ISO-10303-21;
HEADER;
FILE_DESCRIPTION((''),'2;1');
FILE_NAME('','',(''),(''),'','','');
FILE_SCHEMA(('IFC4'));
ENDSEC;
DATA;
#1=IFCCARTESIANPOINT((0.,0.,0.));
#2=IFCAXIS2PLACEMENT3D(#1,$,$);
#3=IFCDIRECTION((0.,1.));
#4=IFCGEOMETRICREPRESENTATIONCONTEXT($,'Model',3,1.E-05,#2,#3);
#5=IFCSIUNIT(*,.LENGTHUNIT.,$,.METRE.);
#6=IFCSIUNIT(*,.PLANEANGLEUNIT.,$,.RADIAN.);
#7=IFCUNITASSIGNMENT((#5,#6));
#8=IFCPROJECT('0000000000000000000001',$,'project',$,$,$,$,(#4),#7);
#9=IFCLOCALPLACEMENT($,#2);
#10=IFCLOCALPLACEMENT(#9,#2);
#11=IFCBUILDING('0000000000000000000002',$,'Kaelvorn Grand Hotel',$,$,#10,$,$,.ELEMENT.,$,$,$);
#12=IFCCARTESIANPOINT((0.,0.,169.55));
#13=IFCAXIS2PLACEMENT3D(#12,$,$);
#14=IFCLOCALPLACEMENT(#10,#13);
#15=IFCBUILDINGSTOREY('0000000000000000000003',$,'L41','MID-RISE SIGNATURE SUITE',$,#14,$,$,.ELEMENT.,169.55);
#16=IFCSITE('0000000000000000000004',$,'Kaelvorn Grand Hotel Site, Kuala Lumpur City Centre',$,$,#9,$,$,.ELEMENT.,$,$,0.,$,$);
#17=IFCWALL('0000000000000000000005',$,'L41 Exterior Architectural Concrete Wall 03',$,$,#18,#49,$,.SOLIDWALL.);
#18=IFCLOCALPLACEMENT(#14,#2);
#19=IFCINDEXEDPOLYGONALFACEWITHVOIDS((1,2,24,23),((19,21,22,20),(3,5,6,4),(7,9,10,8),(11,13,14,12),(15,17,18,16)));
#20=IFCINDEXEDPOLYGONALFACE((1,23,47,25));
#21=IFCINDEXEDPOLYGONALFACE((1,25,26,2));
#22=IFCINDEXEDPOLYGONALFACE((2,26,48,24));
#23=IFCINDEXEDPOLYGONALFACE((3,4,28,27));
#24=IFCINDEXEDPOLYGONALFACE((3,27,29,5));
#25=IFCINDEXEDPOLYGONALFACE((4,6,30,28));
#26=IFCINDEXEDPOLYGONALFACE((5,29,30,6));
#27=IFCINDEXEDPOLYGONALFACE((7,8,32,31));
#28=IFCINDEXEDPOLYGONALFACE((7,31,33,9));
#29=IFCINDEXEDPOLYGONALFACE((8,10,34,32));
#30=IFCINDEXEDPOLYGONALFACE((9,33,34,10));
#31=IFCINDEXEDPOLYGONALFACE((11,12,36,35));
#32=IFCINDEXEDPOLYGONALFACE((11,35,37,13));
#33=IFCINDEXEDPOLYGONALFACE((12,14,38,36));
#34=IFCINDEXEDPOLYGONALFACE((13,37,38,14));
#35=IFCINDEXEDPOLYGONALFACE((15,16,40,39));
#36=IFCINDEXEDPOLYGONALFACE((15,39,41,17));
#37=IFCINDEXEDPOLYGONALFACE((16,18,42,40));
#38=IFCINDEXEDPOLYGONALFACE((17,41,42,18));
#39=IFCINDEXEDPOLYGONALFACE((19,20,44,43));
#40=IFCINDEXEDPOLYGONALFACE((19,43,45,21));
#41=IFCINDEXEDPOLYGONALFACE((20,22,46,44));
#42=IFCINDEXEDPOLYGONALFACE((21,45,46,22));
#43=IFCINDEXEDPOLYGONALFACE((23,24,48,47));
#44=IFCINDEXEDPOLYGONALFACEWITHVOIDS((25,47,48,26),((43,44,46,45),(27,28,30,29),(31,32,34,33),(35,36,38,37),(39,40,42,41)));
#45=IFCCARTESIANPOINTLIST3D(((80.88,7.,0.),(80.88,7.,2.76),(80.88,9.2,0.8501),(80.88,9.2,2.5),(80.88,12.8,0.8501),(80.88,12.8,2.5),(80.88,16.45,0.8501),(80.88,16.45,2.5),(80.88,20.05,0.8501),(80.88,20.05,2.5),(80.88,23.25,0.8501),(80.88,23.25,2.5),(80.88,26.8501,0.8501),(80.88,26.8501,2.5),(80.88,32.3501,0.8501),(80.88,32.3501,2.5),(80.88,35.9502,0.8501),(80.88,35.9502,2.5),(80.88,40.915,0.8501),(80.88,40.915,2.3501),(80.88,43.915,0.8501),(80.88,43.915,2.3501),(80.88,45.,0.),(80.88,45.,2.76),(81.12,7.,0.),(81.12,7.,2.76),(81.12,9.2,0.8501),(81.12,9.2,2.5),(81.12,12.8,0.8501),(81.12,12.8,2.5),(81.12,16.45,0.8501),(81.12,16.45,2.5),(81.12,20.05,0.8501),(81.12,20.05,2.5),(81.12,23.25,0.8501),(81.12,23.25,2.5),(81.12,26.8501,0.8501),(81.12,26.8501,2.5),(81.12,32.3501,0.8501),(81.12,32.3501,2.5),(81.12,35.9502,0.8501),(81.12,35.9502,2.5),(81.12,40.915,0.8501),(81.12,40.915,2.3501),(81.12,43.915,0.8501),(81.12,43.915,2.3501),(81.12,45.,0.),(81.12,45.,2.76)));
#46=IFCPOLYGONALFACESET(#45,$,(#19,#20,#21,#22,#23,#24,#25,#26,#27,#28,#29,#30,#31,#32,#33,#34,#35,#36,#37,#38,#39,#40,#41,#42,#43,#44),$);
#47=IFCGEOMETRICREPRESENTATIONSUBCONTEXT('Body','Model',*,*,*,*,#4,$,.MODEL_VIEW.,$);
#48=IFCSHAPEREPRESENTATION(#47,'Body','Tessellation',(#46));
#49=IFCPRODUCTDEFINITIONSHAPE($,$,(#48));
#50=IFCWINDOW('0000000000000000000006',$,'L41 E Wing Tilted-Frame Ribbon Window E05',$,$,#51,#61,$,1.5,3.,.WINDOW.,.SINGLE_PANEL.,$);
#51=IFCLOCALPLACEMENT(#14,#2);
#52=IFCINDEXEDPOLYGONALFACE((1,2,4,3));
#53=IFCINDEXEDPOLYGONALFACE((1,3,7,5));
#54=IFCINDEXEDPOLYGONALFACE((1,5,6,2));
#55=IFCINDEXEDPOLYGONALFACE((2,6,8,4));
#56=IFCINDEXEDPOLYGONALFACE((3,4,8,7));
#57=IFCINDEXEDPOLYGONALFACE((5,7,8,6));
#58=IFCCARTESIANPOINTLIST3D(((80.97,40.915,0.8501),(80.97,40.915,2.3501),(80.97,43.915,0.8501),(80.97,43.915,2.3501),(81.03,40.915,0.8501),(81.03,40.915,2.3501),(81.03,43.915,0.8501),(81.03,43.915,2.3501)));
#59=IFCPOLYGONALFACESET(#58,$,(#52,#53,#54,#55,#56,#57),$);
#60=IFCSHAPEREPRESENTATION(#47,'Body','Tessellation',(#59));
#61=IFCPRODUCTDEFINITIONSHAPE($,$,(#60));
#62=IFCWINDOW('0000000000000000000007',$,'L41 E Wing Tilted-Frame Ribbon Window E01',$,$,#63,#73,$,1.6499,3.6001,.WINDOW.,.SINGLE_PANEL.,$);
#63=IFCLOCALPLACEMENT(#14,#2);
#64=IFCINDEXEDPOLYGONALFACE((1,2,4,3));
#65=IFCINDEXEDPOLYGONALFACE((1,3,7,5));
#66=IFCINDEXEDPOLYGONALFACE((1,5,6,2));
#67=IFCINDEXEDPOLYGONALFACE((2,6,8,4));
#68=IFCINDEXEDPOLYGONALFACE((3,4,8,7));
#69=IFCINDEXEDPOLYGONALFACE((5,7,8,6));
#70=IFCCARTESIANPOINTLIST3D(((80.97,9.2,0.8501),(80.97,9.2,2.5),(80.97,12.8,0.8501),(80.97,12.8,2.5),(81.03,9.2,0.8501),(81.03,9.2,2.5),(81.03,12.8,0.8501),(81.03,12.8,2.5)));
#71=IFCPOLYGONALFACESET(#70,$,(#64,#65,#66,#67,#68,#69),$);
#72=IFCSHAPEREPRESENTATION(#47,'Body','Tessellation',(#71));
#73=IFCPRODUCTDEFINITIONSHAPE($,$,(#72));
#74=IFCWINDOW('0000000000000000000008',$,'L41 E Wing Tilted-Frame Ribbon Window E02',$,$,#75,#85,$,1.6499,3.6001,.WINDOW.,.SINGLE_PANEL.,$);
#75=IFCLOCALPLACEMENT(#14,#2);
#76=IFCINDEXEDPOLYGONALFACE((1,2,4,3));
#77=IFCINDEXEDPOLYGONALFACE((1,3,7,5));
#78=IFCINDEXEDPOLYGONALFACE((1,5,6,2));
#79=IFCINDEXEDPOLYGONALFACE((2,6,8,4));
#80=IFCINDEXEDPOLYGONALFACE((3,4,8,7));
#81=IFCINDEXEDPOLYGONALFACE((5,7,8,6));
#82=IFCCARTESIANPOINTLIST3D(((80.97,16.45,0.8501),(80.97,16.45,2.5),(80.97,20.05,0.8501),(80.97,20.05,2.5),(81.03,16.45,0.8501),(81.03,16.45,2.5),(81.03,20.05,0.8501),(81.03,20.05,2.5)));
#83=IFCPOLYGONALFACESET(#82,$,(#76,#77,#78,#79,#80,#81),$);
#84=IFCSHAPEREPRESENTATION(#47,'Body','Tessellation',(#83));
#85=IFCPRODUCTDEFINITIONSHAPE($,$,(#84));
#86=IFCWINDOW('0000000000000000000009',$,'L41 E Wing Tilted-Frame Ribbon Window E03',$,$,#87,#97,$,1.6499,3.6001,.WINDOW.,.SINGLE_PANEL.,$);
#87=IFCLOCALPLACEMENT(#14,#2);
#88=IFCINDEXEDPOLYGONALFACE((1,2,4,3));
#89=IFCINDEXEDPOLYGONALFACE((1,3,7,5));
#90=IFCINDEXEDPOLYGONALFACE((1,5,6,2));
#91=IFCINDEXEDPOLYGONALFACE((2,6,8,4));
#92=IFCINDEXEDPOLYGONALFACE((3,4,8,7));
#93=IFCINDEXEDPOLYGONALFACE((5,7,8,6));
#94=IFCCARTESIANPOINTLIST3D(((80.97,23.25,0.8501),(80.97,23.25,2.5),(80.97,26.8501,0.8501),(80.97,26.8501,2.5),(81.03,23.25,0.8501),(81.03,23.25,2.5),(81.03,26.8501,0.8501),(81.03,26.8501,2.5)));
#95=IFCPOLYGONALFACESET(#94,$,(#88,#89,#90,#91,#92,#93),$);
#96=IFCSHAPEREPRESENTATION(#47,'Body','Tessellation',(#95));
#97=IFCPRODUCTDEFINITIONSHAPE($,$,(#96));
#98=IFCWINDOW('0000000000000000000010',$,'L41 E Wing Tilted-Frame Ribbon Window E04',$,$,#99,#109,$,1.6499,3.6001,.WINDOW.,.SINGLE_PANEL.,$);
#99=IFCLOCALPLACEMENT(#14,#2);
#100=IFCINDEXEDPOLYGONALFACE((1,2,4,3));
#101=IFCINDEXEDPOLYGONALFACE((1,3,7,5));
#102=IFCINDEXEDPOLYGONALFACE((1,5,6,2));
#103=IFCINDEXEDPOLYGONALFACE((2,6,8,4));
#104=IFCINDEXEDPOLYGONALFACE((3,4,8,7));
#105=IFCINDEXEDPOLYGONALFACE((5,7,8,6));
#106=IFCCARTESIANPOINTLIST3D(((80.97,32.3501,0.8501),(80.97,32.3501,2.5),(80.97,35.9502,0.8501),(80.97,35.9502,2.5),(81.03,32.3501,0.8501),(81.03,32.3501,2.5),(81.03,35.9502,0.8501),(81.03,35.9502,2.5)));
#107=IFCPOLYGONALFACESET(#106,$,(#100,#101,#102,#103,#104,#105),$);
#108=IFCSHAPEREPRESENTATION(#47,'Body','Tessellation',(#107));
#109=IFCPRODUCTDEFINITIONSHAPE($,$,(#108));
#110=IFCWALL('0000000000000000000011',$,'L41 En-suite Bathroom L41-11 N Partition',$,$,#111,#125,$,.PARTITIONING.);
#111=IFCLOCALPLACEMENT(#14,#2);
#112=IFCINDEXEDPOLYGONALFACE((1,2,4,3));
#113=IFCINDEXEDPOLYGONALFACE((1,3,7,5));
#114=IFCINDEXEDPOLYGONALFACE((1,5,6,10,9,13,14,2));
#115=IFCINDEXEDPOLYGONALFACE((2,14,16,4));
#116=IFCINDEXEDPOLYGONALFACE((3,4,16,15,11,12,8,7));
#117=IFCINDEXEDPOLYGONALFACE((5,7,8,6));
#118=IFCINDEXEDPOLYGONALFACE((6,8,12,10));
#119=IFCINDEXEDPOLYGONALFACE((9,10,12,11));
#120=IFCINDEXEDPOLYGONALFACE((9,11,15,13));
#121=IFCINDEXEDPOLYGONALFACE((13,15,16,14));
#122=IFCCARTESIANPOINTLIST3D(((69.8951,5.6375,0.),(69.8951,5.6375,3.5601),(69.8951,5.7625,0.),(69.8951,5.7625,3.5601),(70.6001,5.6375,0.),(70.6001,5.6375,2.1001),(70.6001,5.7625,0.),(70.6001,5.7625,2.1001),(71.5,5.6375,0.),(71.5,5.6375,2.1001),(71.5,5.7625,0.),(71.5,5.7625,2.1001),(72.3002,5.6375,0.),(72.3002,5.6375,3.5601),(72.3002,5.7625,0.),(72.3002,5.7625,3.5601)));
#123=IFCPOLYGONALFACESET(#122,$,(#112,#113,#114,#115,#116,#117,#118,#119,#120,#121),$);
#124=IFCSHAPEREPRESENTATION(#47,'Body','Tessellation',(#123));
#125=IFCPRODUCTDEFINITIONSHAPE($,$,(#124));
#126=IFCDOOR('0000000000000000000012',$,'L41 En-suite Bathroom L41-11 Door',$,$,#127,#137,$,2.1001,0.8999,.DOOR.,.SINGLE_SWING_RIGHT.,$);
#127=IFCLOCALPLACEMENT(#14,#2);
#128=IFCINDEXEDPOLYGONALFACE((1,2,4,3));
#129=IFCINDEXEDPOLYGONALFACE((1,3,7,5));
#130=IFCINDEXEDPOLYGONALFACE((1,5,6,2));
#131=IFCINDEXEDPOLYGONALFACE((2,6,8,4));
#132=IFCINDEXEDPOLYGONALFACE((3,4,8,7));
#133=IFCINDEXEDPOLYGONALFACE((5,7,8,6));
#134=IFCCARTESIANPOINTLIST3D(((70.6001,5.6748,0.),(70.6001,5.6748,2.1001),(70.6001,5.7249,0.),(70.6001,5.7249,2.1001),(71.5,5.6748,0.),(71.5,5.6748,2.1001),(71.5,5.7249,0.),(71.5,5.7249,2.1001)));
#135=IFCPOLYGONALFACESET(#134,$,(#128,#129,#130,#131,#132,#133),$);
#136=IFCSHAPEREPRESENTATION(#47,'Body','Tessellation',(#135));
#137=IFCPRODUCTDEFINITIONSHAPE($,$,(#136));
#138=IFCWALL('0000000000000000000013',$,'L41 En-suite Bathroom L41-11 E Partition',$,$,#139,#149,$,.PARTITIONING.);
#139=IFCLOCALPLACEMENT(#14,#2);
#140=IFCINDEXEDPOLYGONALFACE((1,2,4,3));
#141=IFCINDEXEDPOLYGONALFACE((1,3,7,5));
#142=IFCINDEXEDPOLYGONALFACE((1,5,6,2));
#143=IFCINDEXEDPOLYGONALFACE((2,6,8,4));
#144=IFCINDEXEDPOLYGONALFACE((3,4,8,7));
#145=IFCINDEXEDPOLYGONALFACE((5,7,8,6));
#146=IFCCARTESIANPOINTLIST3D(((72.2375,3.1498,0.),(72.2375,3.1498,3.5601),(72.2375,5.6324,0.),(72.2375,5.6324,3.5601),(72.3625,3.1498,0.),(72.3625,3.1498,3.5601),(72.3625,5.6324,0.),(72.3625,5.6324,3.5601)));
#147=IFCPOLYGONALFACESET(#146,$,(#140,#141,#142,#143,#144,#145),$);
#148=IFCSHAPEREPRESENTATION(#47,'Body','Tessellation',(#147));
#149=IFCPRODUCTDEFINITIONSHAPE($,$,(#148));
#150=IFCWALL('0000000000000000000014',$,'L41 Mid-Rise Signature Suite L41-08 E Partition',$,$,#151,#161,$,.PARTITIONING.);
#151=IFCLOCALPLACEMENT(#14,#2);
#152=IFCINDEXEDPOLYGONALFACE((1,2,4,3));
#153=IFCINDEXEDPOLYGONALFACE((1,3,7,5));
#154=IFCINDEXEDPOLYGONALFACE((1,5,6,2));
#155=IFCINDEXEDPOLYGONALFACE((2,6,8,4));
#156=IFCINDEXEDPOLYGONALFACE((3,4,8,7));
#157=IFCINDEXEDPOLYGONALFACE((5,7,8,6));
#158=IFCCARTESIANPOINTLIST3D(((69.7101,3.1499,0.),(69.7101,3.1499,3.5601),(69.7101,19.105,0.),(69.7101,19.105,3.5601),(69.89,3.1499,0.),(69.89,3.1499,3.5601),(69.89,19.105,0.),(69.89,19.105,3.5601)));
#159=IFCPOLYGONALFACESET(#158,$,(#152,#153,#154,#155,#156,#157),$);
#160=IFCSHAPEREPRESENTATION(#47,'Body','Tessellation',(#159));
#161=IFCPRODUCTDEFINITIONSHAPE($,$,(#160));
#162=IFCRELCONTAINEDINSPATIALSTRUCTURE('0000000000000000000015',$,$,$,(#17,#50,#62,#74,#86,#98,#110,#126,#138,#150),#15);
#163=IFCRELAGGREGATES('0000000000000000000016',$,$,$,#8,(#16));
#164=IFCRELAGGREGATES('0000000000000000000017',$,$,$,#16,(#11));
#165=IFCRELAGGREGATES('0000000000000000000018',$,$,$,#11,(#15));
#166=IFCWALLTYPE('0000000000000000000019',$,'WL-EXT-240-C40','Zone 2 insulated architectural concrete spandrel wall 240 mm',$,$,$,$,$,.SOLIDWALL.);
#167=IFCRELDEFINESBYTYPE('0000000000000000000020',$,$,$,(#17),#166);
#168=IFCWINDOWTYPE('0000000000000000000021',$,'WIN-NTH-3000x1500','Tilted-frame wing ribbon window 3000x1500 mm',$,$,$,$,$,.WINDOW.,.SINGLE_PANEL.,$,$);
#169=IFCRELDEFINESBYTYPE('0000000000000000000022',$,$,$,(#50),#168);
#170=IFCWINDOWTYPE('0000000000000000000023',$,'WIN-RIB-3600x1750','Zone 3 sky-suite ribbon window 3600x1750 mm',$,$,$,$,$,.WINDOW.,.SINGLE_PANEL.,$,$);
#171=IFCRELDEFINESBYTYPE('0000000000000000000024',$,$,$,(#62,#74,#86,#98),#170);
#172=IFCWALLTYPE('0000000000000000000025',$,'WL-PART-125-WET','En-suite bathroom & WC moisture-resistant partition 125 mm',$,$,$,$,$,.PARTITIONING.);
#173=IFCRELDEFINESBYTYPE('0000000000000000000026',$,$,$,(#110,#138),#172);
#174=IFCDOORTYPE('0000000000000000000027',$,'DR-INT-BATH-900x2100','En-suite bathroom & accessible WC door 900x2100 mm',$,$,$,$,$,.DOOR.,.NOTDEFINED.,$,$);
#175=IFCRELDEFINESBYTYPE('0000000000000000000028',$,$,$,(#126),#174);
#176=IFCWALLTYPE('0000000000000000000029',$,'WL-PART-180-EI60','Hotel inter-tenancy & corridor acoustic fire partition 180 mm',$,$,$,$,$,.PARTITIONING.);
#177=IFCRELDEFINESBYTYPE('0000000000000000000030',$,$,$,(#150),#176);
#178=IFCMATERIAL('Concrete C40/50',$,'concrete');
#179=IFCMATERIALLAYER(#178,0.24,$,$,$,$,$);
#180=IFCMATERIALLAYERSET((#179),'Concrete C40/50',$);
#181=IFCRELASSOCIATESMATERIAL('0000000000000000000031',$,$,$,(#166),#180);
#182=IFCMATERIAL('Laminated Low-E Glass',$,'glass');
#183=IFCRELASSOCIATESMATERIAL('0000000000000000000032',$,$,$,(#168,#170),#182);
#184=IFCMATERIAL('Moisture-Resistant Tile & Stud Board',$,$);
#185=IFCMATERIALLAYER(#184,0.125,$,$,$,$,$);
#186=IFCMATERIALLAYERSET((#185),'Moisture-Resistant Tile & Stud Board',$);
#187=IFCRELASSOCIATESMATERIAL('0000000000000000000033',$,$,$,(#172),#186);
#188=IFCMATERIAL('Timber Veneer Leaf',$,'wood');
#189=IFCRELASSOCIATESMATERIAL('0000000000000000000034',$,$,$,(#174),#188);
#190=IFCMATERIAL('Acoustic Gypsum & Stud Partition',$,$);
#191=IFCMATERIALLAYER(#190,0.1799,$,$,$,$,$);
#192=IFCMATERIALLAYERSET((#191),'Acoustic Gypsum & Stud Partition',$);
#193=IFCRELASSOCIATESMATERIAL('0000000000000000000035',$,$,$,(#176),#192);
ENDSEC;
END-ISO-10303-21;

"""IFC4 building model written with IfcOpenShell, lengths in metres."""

from ifc_helpers import new_model, si_unit, direction, frame, frame_2d, origin, place, context, subcontext, project, spatial, rectangle, extrude, material, layer, layer_set, type_object, element, fill, save


model = new_model("IFC4")

# Units and contexts
model_context = context("Model", 3, precision=1e-05, world=origin(), true_north=direction((0.0, 1.0)))
body_context = subcontext(model_context, "Body", "Model", "MODEL_VIEW")
ifc_project = project(units=[si_unit("LENGTHUNIT", "METRE"), si_unit("PLANEANGLEUNIT", "RADIAN")], contexts=[model_context])

# Site, building, storey
site_placement = place(None, origin())
site = spatial("IfcSite", under=ifc_project, at=site_placement, Name="Kaelvorn Grand Hotel Site, Kuala Lumpur City Centre", CompositionType="ELEMENT", RefElevation=0.0)
building_placement = place(site_placement, origin())
building = spatial("IfcBuilding", under=site, at=building_placement, Name="Kaelvorn Grand Hotel", CompositionType="ELEMENT")
storey_placement = place(building_placement, frame((0.0, 0.0, 169.55)))
storey = spatial("IfcBuildingStorey", under=building, at=storey_placement, Name="L41", Description="MID-RISE SIGNATURE SUITE", CompositionType="ELEMENT", Elevation=169.55)

# Shared definitions
ifc_material_1 = material(Name="Concrete C40/50", Category="concrete")

# Shared definitions
ifc_layer_1 = layer(ifc_material_1, 0.24)
ifc_layer_set_1 = layer_set([ifc_layer_1], Name="Concrete C40/50")
wall_type_1 = type_object("IfcWallType", Name="WL-EXT-240-C40", Description="Zone 2 insulated architectural concrete spandrel wall 240 mm", PredefinedType="SOLIDWALL", material=ifc_layer_set_1)
ifc_material_2 = material(Name="Laminated Low-E Glass", Category="glass")

# Wall, openings, windows
wall_1_placement = place(storey_placement, frame((81.0, 7.0, 0.0), z_axis=(0.0, 0.0, 1.0), x_axis=(0.0, 1.0, 0.0)))
wall_1 = element("IfcWall", 1, at=wall_1_placement, inside=storey, type_object=wall_type_1, Name="L41 Exterior Architectural Concrete Wall 03", PredefinedType="SOLIDWALL", context=body_context, shape_type="SweptSolid", body=[
    extrude(rectangle(XDim=38.0, YDim=0.24, at=frame_2d((19.0, 0.0))), origin(), (0.0, 0.0, 1.0), 2.76),
])
opening_1_placement = place(wall_1_placement, frame((2.2, 0.0, 0.8501)))
opening_1 = element("IfcOpeningElement", 2, at=opening_1_placement, cuts=wall_1, PredefinedType="OPENING", context=body_context, shape_type="SweptSolid", body=[
    extrude(rectangle(XDim=3.6001, YDim=1.6499, at=frame_2d((1.8, 0.825))), frame((0.0, 0.1299, 0.0), z_axis=(0.0, -1.0, 0.0), x_axis=(1.0, 0.0, 0.0)), (0.0, 0.0, 1.0), 0.26),
])
opening_2_placement = place(wall_1_placement, frame((9.45, 0.0, 0.8501)))
opening_2 = element("IfcOpeningElement", 3, at=opening_2_placement, cuts=wall_1, PredefinedType="OPENING", context=body_context, shape_type="SweptSolid", body=[
    extrude(rectangle(XDim=3.6001, YDim=1.6499, at=frame_2d((1.8, 0.825))), frame((0.0, 0.1299, 0.0), z_axis=(0.0, -1.0, 0.0), x_axis=(1.0, 0.0, 0.0)), (0.0, 0.0, 1.0), 0.26),
])
opening_3_placement = place(wall_1_placement, frame((16.25, 0.0, 0.8501)))
opening_3 = element("IfcOpeningElement", 4, at=opening_3_placement, cuts=wall_1, PredefinedType="OPENING", context=body_context, shape_type="SweptSolid", body=[
    extrude(rectangle(XDim=3.6001, YDim=1.6499, at=frame_2d((1.8, 0.825))), frame((0.0, 0.1299, 0.0), z_axis=(0.0, -1.0, 0.0), x_axis=(1.0, 0.0, 0.0)), (0.0, 0.0, 1.0), 0.26),
])
opening_4_placement = place(wall_1_placement, frame((25.3501, 0.0, 0.8501)))
opening_4 = element("IfcOpeningElement", 5, at=opening_4_placement, cuts=wall_1, PredefinedType="OPENING", context=body_context, shape_type="SweptSolid", body=[
    extrude(rectangle(XDim=3.6001, YDim=1.6499, at=frame_2d((1.8, 0.825))), frame((0.0, 0.1299, 0.0), z_axis=(0.0, -1.0, 0.0), x_axis=(1.0, 0.0, 0.0)), (0.0, 0.0, 1.0), 0.26),
])
opening_5_placement = place(wall_1_placement, frame((33.915, 0.0, 0.8501)))
opening_5 = element("IfcOpeningElement", 6, at=opening_5_placement, cuts=wall_1, PredefinedType="OPENING", context=body_context, shape_type="SweptSolid", body=[
    extrude(rectangle(XDim=3.0, YDim=1.5, at=frame_2d((1.5, 0.75))), frame((0.0, 0.1299, 0.0), z_axis=(0.0, -1.0, 0.0), x_axis=(1.0, 0.0, 0.0)), (0.0, 0.0, 1.0), 0.26),
])
window_type_1 = type_object("IfcWindowType", Name="WIN-NTH-3000x1500", Description="Tilted-frame wing ribbon window 3000x1500 mm", PartitioningType="SINGLE_PANEL", PredefinedType="WINDOW", material=ifc_material_2)
window_1_placement = place(opening_5_placement, origin())
window_1 = element("IfcWindow", 7, at=window_1_placement, inside=storey, type_object=window_type_1, Name="L41 E Wing Tilted-Frame Ribbon Window E05", OverallHeight=1.5, OverallWidth=3.0, PartitioningType="SINGLE_PANEL", PredefinedType="WINDOW", context=body_context, shape_type="SweptSolid", body=[
    extrude(rectangle(XDim=3.0, YDim=1.5, at=frame_2d((1.5, 0.75))), frame((0.0, 0.03, 0.0), z_axis=(0.0, -1.0, 0.0), x_axis=(1.0, 0.0, 0.0)), (0.0, 0.0, 1.0), 0.0601),
])
fill(opening_5, window_1)
window_type_2 = type_object("IfcWindowType", Name="WIN-RIB-3600x1750", Description="Zone 3 sky-suite ribbon window 3600x1750 mm", PartitioningType="SINGLE_PANEL", PredefinedType="WINDOW", material=ifc_material_2)
window_2_placement = place(opening_1_placement, origin())
window_2 = element("IfcWindow", 8, at=window_2_placement, inside=storey, type_object=window_type_2, Name="L41 E Wing Tilted-Frame Ribbon Window E01", OverallHeight=1.6499, OverallWidth=3.6001, PartitioningType="SINGLE_PANEL", PredefinedType="WINDOW", context=body_context, shape_type="SweptSolid", body=[
    extrude(rectangle(XDim=3.6001, YDim=1.6499, at=frame_2d((1.8, 0.825))), frame((0.0, 0.03, 0.0), z_axis=(0.0, -1.0, 0.0), x_axis=(1.0, 0.0, 0.0)), (0.0, 0.0, 1.0), 0.0601),
])
fill(opening_1, window_2)
window_3_placement = place(opening_2_placement, origin())
window_3 = element("IfcWindow", 9, at=window_3_placement, inside=storey, type_object=window_type_2, Name="L41 E Wing Tilted-Frame Ribbon Window E02", OverallHeight=1.6499, OverallWidth=3.6001, PartitioningType="SINGLE_PANEL", PredefinedType="WINDOW", context=body_context, shape_type="SweptSolid", body=[
    extrude(rectangle(XDim=3.6001, YDim=1.6499, at=frame_2d((1.8, 0.825))), frame((0.0, 0.03, 0.0), z_axis=(0.0, -1.0, 0.0), x_axis=(1.0, 0.0, 0.0)), (0.0, 0.0, 1.0), 0.0601),
])
fill(opening_2, window_3)
window_4_placement = place(opening_3_placement, origin())
window_4 = element("IfcWindow", 10, at=window_4_placement, inside=storey, type_object=window_type_2, Name="L41 E Wing Tilted-Frame Ribbon Window E03", OverallHeight=1.6499, OverallWidth=3.6001, PartitioningType="SINGLE_PANEL", PredefinedType="WINDOW", context=body_context, shape_type="SweptSolid", body=[
    extrude(rectangle(XDim=3.6001, YDim=1.6499, at=frame_2d((1.8, 0.825))), frame((0.0, 0.03, 0.0), z_axis=(0.0, -1.0, 0.0), x_axis=(1.0, 0.0, 0.0)), (0.0, 0.0, 1.0), 0.0601),
])
fill(opening_3, window_4)
window_5_placement = place(opening_4_placement, origin())
window_5 = element("IfcWindow", 11, at=window_5_placement, inside=storey, type_object=window_type_2, Name="L41 E Wing Tilted-Frame Ribbon Window E04", OverallHeight=1.6499, OverallWidth=3.6001, PartitioningType="SINGLE_PANEL", PredefinedType="WINDOW", context=body_context, shape_type="SweptSolid", body=[
    extrude(rectangle(XDim=3.6001, YDim=1.6499, at=frame_2d((1.8, 0.825))), frame((0.0, 0.03, 0.0), z_axis=(0.0, -1.0, 0.0), x_axis=(1.0, 0.0, 0.0)), (0.0, 0.0, 1.0), 0.0601),
])
fill(opening_4, window_5)

# Wall, opening, door
ifc_material_3 = material(Name="Moisture-Resistant Tile & Stud Board")
ifc_layer_2 = layer(ifc_material_3, 0.125)
ifc_layer_set_2 = layer_set([ifc_layer_2], Name="Moisture-Resistant Tile & Stud Board")
wall_type_2 = type_object("IfcWallType", Name="WL-PART-125-WET", Description="En-suite bathroom & WC moisture-resistant partition 125 mm", PredefinedType="PARTITIONING", material=ifc_layer_set_2)
wall_2_placement = place(storey_placement, frame((69.895, 5.7, 0.0), z_axis=(0.0, 0.0, 1.0), x_axis=(1.0, 0.0, 0.0)))
wall_2 = element("IfcWall", 12, at=wall_2_placement, inside=storey, type_object=wall_type_2, Name="L41 En-suite Bathroom L41-11 N Partition", PredefinedType="PARTITIONING", context=body_context, shape_type="SweptSolid", body=[
    extrude(rectangle(XDim=2.405, YDim=0.125, at=frame_2d((1.2026, 0.0))), origin(), (0.0, 0.0, 1.0), 3.5601),
])
opening_6_placement = place(wall_2_placement, frame((0.7051, 0.0, 0.0)))
opening_6 = element("IfcOpeningElement", 13, at=opening_6_placement, cuts=wall_2, PredefinedType="OPENING", context=body_context, shape_type="SweptSolid", body=[
    extrude(rectangle(XDim=0.8999, YDim=2.1001, at=frame_2d((0.45, 1.05))), frame((0.0, 0.0725, 0.0), z_axis=(0.0, -1.0, 0.0), x_axis=(1.0, 0.0, 0.0)), (0.0, 0.0, 1.0), 0.145),
])
ifc_material_4 = material(Name="Timber Veneer Leaf", Category="wood")
door_type = type_object("IfcDoorType", Name="DR-INT-BATH-900x2100", Description="En-suite bathroom & accessible WC door 900x2100 mm", OperationType="NOTDEFINED", PredefinedType="DOOR", material=ifc_material_4)
door_placement = place(opening_6_placement, origin())
door = element("IfcDoor", 14, at=door_placement, inside=storey, type_object=door_type, Name="L41 En-suite Bathroom L41-11 Door", OperationType="SINGLE_SWING_RIGHT", OverallHeight=2.1001, OverallWidth=0.8999, PredefinedType="DOOR", context=body_context, shape_type="SweptSolid", body=[
    extrude(rectangle(XDim=0.8999, YDim=2.1001, at=frame_2d((0.45, 1.05))), frame((0.0, 0.0249, 0.0), z_axis=(0.0, -1.0, 0.0), x_axis=(1.0, 0.0, 0.0)), (0.0, 0.0, 1.0), 0.05),
])
fill(opening_6, door)

# Walls
wall_3_placement = place(storey_placement, frame((72.3, 3.1499, 0.0), z_axis=(0.0, 0.0, 1.0), x_axis=(0.0, 1.0, 0.0)))
element("IfcWall", 15, at=wall_3_placement, inside=storey, type_object=wall_type_2, Name="L41 En-suite Bathroom L41-11 E Partition", PredefinedType="PARTITIONING", context=body_context, shape_type="SweptSolid", body=[
    extrude(rectangle(XDim=2.4827, YDim=0.125, at=frame_2d((1.2412, 0.0))), origin(), (0.0, 0.0, 1.0), 3.5601),
])
ifc_material_5 = material(Name="Acoustic Gypsum & Stud Partition")
ifc_layer_3 = layer(ifc_material_5, 0.1799)
ifc_layer_set_3 = layer_set([ifc_layer_3], Name="Acoustic Gypsum & Stud Partition")
wall_type_3 = type_object("IfcWallType", Name="WL-PART-180-EI60", Description="Hotel inter-tenancy & corridor acoustic fire partition 180 mm", PredefinedType="PARTITIONING", material=ifc_layer_set_3)
wall_4_placement = place(storey_placement, frame((69.8, 3.1499, 0.0), z_axis=(0.0, 0.0, 1.0), x_axis=(0.0, 1.0, 0.0)))
element("IfcWall", 16, at=wall_4_placement, inside=storey, type_object=wall_type_3, Name="L41 Mid-Rise Signature Suite L41-08 E Partition", PredefinedType="PARTITIONING", context=body_context, shape_type="SweptSolid", body=[
    extrude(rectangle(XDim=15.9551, YDim=0.1799, at=frame_2d((7.9775, 0.0))), origin(), (0.0, 0.0, 1.0), 3.5601),
])

save(model, "model.ifc")
